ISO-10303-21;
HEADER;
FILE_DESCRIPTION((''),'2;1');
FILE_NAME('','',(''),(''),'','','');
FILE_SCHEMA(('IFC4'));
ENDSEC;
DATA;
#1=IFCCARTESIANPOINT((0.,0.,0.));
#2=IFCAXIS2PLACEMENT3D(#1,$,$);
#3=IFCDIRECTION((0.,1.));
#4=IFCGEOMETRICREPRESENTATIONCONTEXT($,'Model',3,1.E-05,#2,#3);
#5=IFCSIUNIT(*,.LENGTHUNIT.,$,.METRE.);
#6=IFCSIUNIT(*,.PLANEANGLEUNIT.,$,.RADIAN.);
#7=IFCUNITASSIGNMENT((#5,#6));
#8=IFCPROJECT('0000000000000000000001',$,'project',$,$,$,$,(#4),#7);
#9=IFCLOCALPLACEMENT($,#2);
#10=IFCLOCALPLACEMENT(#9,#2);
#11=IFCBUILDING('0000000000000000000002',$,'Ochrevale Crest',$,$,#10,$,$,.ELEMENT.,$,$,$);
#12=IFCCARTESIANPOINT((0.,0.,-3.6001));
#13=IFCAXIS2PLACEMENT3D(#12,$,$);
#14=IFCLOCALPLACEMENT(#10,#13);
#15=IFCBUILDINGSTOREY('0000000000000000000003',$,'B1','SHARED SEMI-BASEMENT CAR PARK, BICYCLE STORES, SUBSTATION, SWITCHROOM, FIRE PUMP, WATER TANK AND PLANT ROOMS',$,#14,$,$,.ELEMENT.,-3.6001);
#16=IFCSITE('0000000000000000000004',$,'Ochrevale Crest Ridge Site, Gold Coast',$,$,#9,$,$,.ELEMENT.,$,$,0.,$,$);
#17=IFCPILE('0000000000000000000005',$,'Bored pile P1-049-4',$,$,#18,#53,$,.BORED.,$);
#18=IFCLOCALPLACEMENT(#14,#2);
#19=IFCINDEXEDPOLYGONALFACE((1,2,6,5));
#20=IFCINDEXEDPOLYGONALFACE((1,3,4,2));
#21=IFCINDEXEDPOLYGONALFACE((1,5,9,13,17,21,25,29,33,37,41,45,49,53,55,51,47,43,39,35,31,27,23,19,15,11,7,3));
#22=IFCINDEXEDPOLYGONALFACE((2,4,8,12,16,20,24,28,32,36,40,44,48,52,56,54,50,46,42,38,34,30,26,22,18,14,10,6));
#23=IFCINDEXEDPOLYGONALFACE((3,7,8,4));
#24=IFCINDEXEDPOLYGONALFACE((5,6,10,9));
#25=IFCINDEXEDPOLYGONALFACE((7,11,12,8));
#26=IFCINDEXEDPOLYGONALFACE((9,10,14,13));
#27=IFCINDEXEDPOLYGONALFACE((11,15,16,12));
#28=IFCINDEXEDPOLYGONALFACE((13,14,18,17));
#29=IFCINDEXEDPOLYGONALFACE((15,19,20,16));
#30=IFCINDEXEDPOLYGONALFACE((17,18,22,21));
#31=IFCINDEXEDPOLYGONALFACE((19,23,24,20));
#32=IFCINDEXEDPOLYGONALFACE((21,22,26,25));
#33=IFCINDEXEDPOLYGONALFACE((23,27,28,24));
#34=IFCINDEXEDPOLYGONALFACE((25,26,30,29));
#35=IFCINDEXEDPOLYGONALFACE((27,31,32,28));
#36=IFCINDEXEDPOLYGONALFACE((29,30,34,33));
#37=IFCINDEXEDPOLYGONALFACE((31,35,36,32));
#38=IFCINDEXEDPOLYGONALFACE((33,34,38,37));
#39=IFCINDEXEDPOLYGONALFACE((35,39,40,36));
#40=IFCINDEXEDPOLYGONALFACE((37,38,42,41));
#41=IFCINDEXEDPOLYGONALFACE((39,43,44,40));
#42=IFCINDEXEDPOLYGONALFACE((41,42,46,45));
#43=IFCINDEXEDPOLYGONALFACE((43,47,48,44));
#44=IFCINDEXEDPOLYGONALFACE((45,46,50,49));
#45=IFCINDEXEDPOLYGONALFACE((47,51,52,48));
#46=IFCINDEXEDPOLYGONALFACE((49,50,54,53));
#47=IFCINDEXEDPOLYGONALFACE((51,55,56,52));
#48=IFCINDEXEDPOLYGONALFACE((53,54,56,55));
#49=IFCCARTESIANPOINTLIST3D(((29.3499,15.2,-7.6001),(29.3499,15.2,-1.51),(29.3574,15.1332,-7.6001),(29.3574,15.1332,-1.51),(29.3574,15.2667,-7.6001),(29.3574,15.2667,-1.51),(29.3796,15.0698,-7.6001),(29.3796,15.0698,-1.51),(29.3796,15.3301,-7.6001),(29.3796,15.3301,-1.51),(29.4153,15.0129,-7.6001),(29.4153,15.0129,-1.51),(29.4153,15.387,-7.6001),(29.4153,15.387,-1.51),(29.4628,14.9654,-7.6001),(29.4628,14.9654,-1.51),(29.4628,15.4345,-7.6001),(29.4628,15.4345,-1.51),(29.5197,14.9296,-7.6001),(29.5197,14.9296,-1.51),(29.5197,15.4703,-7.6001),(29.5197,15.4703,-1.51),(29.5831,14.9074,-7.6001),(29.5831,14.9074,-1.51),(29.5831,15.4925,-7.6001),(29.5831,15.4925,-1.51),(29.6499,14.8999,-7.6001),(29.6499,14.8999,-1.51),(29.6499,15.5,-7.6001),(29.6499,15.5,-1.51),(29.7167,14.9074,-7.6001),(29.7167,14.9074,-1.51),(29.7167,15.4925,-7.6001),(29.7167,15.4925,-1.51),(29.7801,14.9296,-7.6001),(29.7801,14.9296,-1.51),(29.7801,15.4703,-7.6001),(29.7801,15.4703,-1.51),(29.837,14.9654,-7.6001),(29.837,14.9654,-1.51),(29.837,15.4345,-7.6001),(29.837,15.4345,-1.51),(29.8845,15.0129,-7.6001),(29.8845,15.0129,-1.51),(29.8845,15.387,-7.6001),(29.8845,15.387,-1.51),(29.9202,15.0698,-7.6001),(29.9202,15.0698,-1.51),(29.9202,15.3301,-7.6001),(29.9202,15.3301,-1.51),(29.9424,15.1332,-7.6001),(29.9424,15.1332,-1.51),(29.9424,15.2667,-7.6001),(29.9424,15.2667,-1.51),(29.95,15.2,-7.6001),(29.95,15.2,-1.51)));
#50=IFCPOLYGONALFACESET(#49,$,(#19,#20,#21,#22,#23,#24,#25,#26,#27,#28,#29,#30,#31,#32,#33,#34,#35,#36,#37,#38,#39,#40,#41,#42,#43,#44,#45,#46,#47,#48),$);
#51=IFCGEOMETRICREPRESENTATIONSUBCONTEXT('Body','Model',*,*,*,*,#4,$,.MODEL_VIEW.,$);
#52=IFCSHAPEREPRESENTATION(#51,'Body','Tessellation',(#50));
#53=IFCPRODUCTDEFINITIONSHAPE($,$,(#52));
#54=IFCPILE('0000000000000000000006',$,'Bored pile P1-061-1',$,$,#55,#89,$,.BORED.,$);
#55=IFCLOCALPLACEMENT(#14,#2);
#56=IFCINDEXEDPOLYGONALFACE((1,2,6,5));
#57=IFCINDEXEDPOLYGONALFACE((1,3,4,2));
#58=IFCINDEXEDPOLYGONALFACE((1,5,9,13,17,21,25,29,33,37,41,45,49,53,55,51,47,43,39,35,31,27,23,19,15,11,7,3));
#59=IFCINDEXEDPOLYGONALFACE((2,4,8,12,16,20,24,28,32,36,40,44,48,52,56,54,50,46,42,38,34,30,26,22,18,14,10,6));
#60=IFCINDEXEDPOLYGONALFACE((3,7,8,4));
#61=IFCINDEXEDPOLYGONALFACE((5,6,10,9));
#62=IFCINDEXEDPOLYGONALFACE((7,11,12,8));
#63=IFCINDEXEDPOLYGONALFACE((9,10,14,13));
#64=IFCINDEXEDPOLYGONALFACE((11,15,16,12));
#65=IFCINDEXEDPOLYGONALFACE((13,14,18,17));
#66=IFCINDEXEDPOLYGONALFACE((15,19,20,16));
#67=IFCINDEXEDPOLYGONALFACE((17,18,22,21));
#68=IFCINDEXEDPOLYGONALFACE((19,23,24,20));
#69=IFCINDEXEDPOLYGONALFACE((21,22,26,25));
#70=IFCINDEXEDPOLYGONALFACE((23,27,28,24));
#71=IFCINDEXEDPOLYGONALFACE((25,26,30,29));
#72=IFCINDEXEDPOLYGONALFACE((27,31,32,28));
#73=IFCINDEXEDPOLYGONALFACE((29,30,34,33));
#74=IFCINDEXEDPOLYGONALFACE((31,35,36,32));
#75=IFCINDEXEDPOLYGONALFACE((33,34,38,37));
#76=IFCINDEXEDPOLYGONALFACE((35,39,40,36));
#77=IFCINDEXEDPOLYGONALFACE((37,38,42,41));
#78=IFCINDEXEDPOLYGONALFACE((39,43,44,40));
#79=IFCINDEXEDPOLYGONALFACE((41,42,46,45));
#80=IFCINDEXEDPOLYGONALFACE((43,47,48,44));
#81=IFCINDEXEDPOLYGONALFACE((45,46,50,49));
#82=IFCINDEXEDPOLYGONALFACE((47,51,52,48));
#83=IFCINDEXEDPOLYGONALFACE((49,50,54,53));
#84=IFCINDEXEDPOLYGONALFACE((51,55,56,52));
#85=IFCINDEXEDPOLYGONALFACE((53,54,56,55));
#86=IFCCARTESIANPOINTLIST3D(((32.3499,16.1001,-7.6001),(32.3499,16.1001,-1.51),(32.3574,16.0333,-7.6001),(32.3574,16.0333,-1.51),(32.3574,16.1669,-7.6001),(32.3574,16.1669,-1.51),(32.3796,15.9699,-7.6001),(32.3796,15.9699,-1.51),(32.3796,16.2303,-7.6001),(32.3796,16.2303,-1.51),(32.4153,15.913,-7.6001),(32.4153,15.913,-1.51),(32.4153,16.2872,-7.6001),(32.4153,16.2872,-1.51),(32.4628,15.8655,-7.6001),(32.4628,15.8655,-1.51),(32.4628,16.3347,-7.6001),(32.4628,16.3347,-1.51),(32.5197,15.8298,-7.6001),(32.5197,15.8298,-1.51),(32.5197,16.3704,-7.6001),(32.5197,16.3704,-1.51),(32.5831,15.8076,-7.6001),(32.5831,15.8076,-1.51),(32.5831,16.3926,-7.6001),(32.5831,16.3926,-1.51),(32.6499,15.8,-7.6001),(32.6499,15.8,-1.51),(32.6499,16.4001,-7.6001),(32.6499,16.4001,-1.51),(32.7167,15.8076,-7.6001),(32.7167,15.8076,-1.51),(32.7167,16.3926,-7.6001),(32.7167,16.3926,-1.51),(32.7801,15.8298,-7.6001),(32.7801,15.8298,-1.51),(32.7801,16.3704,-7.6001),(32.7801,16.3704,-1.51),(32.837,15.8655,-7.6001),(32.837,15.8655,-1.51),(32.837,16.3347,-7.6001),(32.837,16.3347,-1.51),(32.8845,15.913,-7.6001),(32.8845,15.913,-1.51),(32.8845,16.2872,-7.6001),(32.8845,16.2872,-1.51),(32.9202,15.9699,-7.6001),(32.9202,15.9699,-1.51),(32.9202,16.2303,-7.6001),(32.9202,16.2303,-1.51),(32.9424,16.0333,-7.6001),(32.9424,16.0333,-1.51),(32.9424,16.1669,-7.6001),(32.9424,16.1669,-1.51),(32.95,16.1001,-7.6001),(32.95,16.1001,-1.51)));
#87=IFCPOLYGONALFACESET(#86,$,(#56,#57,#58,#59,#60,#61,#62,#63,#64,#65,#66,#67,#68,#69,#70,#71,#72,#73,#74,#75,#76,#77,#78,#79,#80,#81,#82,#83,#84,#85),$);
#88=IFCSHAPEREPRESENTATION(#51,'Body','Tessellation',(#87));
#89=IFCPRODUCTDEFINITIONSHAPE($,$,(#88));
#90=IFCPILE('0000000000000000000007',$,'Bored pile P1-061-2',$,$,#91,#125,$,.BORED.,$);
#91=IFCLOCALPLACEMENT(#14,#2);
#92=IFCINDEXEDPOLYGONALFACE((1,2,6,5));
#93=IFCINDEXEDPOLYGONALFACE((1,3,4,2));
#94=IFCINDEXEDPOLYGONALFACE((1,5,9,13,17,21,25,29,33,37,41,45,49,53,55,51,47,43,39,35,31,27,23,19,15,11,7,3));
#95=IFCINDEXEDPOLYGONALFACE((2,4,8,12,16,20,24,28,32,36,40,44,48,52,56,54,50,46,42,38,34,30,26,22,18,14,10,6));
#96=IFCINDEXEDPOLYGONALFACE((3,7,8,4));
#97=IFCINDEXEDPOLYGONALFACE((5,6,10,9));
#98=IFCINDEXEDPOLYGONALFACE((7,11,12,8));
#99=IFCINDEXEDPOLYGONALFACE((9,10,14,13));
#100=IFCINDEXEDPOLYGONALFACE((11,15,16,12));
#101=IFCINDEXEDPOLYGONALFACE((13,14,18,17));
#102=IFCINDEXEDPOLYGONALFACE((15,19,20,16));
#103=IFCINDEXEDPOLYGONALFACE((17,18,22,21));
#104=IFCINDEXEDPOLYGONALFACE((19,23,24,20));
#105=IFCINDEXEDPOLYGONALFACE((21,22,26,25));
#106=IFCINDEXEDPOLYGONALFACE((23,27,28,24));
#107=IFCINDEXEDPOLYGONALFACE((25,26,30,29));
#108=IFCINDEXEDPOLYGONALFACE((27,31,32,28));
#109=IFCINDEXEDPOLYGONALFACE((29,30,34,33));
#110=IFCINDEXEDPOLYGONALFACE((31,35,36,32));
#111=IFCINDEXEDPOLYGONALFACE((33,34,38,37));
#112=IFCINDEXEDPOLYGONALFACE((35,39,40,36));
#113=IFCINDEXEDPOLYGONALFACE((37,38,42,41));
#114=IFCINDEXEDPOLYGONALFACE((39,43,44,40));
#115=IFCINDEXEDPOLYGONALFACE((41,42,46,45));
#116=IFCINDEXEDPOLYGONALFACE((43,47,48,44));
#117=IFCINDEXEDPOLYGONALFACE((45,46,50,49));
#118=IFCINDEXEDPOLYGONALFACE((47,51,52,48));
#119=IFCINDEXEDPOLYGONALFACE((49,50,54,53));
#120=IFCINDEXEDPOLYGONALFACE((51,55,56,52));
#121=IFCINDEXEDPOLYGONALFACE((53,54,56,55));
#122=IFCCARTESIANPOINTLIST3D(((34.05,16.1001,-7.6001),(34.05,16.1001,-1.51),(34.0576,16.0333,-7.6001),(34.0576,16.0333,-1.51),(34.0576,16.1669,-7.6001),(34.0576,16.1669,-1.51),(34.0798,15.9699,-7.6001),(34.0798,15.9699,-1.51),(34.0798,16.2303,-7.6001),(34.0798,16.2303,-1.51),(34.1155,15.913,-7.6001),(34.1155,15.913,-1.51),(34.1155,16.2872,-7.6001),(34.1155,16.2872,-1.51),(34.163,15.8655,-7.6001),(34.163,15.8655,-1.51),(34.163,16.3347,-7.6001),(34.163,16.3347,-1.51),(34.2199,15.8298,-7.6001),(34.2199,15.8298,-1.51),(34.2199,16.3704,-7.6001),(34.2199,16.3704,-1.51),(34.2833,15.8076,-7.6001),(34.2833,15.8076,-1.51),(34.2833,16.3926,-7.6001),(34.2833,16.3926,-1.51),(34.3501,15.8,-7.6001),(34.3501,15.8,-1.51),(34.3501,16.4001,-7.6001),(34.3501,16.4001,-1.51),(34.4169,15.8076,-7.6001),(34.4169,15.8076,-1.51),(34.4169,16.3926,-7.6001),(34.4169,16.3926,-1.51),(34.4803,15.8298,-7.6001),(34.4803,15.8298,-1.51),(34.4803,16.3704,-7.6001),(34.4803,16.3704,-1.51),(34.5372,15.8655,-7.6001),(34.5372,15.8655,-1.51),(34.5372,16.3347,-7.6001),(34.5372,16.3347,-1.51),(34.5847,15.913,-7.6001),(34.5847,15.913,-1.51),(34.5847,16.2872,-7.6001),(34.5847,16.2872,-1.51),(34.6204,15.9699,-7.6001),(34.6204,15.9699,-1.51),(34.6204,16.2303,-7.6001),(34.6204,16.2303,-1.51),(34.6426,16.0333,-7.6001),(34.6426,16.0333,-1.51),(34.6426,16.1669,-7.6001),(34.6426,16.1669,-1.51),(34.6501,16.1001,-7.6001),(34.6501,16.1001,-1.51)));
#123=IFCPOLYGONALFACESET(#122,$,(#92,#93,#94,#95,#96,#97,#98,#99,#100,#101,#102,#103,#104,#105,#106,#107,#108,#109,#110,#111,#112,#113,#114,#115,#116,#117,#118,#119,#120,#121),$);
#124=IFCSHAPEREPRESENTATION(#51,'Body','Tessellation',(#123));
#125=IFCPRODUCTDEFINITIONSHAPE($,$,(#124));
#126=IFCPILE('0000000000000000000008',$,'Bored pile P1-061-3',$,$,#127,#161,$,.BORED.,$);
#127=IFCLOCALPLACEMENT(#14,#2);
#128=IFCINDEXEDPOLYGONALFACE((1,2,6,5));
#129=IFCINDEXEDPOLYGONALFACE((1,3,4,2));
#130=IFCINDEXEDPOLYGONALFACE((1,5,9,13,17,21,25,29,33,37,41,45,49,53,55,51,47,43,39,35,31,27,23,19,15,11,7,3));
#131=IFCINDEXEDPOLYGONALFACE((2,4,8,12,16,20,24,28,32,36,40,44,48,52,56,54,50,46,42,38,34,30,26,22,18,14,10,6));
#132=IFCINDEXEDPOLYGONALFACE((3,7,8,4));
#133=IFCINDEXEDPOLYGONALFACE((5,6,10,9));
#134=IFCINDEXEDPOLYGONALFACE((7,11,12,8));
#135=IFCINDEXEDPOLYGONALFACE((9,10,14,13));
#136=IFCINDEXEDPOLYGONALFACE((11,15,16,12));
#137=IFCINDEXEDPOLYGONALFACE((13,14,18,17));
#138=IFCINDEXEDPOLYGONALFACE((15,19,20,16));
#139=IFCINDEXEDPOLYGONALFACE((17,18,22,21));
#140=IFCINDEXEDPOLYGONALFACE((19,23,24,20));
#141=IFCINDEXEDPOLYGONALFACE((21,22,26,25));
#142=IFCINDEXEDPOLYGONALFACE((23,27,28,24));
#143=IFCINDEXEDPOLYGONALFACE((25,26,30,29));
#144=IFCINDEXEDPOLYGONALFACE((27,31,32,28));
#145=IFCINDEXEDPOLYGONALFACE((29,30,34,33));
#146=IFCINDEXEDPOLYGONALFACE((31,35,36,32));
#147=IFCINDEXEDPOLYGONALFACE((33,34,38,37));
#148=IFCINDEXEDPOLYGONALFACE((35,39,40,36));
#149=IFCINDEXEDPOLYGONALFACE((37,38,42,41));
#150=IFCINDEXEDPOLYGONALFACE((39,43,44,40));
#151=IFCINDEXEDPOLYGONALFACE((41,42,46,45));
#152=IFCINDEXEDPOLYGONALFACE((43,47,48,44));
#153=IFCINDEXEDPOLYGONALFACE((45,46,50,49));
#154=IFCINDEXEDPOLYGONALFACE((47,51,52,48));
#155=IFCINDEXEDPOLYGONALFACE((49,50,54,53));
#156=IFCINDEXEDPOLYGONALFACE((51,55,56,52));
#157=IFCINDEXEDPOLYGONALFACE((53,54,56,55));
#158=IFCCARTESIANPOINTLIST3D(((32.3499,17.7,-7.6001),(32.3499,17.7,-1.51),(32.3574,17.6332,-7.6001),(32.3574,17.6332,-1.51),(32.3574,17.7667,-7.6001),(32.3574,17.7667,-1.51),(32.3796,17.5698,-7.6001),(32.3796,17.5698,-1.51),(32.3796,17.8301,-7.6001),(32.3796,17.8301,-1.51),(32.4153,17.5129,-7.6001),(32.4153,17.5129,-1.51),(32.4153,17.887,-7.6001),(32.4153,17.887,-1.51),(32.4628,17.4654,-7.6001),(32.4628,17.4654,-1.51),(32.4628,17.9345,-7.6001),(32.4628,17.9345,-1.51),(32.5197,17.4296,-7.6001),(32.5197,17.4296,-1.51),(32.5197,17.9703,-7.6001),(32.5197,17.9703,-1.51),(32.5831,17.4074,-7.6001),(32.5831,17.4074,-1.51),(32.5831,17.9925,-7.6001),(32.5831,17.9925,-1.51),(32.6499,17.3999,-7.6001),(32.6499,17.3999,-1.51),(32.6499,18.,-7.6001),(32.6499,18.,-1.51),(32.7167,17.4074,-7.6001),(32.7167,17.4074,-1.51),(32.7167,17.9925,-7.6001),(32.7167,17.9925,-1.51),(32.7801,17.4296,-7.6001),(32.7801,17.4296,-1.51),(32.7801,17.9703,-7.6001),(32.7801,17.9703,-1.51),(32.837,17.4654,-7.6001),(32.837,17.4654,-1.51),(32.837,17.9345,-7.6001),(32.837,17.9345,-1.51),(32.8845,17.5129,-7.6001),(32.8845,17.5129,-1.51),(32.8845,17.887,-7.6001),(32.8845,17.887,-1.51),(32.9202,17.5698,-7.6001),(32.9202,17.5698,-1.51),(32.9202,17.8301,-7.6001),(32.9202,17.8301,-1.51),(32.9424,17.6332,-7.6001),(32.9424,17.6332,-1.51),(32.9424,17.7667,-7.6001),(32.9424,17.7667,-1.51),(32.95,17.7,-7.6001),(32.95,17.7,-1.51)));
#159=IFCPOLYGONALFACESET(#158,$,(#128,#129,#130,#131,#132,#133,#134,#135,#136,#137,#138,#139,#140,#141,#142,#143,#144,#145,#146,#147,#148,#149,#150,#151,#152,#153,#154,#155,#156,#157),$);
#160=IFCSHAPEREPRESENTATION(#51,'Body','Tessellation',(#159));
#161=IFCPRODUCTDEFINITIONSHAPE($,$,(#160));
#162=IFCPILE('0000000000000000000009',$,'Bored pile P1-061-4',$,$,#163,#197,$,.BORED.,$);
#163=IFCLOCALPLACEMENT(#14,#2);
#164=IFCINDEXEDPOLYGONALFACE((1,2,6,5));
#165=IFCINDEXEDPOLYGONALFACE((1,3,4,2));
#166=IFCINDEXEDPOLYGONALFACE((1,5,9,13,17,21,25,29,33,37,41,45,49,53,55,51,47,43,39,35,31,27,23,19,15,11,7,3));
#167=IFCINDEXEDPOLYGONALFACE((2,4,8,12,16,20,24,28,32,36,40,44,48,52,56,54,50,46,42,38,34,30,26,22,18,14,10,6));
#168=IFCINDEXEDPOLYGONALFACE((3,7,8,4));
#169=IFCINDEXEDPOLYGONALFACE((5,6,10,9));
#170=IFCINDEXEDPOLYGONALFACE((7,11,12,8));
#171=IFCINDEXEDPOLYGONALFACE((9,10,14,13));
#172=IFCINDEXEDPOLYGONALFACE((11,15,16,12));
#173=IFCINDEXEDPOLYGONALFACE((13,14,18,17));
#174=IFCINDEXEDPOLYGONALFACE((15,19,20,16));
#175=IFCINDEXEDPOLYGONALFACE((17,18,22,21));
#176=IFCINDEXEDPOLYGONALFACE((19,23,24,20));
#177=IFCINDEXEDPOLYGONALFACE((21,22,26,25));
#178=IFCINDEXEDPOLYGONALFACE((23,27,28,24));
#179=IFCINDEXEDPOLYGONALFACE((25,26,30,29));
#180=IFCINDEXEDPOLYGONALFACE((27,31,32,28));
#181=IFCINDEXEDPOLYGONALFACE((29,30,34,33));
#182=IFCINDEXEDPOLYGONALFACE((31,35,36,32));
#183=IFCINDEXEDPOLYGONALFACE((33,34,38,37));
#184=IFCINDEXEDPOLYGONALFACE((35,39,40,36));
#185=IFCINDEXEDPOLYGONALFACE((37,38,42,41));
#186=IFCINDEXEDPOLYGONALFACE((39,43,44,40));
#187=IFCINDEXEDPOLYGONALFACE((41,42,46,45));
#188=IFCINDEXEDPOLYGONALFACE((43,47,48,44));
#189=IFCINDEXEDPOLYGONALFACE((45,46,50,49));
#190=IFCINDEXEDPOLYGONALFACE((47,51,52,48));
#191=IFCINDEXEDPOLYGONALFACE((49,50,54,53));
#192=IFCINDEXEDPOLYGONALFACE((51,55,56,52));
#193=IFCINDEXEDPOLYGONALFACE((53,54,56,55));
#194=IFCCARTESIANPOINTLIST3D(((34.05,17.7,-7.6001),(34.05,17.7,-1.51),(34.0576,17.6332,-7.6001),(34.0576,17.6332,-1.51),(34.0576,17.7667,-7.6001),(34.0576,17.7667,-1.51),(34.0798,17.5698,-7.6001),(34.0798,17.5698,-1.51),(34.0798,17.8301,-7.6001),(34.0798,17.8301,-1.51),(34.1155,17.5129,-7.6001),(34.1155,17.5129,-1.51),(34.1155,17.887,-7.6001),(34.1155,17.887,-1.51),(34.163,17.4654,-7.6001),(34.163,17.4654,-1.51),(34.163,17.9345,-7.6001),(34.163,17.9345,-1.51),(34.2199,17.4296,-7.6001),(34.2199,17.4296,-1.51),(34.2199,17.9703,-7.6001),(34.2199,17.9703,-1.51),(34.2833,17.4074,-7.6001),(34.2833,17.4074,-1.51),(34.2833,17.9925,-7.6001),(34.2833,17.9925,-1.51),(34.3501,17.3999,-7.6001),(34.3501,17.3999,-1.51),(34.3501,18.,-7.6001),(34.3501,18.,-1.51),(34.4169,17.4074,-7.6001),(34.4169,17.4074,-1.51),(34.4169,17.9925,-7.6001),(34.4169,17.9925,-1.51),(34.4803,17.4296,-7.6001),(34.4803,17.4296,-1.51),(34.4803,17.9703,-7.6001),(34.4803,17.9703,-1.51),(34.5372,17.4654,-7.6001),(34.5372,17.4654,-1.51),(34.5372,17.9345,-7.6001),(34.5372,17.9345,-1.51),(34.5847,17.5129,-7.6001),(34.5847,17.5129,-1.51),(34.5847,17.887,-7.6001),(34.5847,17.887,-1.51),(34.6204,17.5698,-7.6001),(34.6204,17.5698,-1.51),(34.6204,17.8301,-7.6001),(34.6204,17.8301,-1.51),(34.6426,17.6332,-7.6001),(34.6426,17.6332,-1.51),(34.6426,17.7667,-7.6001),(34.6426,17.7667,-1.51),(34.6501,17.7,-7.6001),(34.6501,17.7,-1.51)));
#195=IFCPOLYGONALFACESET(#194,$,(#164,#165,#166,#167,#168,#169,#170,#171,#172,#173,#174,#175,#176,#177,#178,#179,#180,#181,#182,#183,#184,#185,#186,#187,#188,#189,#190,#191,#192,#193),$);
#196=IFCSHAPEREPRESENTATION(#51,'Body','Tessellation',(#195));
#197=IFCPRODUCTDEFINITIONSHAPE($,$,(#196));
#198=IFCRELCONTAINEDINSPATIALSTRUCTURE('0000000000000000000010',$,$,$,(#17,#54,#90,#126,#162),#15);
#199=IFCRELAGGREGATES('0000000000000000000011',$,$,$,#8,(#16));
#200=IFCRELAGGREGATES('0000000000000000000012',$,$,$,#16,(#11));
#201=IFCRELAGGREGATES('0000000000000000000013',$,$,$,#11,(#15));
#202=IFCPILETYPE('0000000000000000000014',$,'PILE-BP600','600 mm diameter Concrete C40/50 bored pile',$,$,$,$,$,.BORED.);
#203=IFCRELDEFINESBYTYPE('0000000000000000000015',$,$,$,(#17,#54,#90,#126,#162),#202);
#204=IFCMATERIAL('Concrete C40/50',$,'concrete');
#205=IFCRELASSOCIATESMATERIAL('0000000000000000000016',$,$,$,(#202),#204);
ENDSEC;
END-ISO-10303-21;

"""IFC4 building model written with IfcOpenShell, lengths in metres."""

from ifc_helpers import new_model, si_unit, direction, frame, origin, origin_2d, place, context, subcontext, project, spatial, circle, extrude, material, material_profile, profile_set, type_object, element, save


model = new_model("IFC4")

# Units and contexts
model_context = context("Model", 3, precision=1e-05, world=origin(), true_north=direction((0.0, 1.0)))
body_context = subcontext(model_context, "Body", "Model", "MODEL_VIEW")
ifc_project = project(units=[si_unit("LENGTHUNIT", "METRE"), si_unit("PLANEANGLEUNIT", "RADIAN")], contexts=[model_context])

# Site, building, storey
site_placement = place(None, origin())
site = spatial("IfcSite", under=ifc_project, at=site_placement, Name="Ochrevale Crest Ridge Site, Gold Coast", CompositionType="ELEMENT", RefElevation=0.0)
building_placement = place(site_placement, origin())
building = spatial("IfcBuilding", under=site, at=building_placement, Name="Ochrevale Crest", CompositionType="ELEMENT")
storey_placement = place(building_placement, frame((0.0, 0.0, -3.6001)))
storey = spatial("IfcBuildingStorey", under=building, at=storey_placement, Name="B1", Description="SHARED SEMI-BASEMENT CAR PARK, BICYCLE STORES, SUBSTATION, SWITCHROOM, FIRE PUMP, WATER TANK AND PLANT ROOMS", CompositionType="ELEMENT", Elevation=-3.6001)

# Shared definitions
ifc_material_1 = material(Name="Concrete C40/50", Category="concrete")

# Piles
ifc_material_profile_1 = material_profile(ifc_material_1, circle(Radius=0.3, at=origin_2d()), Name="BORED PILE 600")
ifc_profile_set_1 = profile_set([ifc_material_profile_1], Name="Concrete C40/50")
pile_type_1 = type_object("IfcPileType", Name="PILE-BP600", Description="600 mm diameter Concrete C40/50 bored pile", PredefinedType="BORED", material=ifc_profile_set_1)
for number, where, z_axis, x_axis, name in (
    (1, (29.6499, 15.2, -1.51), (0.0, 0.0, -1.0), (1.0, 0.0, 0.0), "Bored pile P1-049-4"),
    (2, (32.6499, 16.1001, -1.51), (0.0, 0.0, -1.0), (1.0, 0.0, 0.0), "Bored pile P1-061-1"),
    (3, (34.3501, 16.1001, -1.51), (0.0, 0.0, -1.0), (1.0, 0.0, 0.0), "Bored pile P1-061-2"),
    (4, (32.6499, 17.7, -1.51), (0.0, 0.0, -1.0), (1.0, 0.0, 0.0), "Bored pile P1-061-3"),
    (5, (34.3501, 17.7, -1.51), (0.0, 0.0, -1.0), (1.0, 0.0, 0.0), "Bored pile P1-061-4"),
):
    element("IfcPile", number, at=place(storey_placement, frame(where, z_axis=z_axis, x_axis=x_axis)), inside=storey, type_object=pile_type_1, Name=name, PredefinedType="BORED", context=body_context, shape_type="SweptSolid", body=[
        extrude(circle(Radius=0.3, at=origin_2d()), origin(), (0.0, 0.0, 1.0), 6.0901),
    ])

save(model, "model.ifc")
